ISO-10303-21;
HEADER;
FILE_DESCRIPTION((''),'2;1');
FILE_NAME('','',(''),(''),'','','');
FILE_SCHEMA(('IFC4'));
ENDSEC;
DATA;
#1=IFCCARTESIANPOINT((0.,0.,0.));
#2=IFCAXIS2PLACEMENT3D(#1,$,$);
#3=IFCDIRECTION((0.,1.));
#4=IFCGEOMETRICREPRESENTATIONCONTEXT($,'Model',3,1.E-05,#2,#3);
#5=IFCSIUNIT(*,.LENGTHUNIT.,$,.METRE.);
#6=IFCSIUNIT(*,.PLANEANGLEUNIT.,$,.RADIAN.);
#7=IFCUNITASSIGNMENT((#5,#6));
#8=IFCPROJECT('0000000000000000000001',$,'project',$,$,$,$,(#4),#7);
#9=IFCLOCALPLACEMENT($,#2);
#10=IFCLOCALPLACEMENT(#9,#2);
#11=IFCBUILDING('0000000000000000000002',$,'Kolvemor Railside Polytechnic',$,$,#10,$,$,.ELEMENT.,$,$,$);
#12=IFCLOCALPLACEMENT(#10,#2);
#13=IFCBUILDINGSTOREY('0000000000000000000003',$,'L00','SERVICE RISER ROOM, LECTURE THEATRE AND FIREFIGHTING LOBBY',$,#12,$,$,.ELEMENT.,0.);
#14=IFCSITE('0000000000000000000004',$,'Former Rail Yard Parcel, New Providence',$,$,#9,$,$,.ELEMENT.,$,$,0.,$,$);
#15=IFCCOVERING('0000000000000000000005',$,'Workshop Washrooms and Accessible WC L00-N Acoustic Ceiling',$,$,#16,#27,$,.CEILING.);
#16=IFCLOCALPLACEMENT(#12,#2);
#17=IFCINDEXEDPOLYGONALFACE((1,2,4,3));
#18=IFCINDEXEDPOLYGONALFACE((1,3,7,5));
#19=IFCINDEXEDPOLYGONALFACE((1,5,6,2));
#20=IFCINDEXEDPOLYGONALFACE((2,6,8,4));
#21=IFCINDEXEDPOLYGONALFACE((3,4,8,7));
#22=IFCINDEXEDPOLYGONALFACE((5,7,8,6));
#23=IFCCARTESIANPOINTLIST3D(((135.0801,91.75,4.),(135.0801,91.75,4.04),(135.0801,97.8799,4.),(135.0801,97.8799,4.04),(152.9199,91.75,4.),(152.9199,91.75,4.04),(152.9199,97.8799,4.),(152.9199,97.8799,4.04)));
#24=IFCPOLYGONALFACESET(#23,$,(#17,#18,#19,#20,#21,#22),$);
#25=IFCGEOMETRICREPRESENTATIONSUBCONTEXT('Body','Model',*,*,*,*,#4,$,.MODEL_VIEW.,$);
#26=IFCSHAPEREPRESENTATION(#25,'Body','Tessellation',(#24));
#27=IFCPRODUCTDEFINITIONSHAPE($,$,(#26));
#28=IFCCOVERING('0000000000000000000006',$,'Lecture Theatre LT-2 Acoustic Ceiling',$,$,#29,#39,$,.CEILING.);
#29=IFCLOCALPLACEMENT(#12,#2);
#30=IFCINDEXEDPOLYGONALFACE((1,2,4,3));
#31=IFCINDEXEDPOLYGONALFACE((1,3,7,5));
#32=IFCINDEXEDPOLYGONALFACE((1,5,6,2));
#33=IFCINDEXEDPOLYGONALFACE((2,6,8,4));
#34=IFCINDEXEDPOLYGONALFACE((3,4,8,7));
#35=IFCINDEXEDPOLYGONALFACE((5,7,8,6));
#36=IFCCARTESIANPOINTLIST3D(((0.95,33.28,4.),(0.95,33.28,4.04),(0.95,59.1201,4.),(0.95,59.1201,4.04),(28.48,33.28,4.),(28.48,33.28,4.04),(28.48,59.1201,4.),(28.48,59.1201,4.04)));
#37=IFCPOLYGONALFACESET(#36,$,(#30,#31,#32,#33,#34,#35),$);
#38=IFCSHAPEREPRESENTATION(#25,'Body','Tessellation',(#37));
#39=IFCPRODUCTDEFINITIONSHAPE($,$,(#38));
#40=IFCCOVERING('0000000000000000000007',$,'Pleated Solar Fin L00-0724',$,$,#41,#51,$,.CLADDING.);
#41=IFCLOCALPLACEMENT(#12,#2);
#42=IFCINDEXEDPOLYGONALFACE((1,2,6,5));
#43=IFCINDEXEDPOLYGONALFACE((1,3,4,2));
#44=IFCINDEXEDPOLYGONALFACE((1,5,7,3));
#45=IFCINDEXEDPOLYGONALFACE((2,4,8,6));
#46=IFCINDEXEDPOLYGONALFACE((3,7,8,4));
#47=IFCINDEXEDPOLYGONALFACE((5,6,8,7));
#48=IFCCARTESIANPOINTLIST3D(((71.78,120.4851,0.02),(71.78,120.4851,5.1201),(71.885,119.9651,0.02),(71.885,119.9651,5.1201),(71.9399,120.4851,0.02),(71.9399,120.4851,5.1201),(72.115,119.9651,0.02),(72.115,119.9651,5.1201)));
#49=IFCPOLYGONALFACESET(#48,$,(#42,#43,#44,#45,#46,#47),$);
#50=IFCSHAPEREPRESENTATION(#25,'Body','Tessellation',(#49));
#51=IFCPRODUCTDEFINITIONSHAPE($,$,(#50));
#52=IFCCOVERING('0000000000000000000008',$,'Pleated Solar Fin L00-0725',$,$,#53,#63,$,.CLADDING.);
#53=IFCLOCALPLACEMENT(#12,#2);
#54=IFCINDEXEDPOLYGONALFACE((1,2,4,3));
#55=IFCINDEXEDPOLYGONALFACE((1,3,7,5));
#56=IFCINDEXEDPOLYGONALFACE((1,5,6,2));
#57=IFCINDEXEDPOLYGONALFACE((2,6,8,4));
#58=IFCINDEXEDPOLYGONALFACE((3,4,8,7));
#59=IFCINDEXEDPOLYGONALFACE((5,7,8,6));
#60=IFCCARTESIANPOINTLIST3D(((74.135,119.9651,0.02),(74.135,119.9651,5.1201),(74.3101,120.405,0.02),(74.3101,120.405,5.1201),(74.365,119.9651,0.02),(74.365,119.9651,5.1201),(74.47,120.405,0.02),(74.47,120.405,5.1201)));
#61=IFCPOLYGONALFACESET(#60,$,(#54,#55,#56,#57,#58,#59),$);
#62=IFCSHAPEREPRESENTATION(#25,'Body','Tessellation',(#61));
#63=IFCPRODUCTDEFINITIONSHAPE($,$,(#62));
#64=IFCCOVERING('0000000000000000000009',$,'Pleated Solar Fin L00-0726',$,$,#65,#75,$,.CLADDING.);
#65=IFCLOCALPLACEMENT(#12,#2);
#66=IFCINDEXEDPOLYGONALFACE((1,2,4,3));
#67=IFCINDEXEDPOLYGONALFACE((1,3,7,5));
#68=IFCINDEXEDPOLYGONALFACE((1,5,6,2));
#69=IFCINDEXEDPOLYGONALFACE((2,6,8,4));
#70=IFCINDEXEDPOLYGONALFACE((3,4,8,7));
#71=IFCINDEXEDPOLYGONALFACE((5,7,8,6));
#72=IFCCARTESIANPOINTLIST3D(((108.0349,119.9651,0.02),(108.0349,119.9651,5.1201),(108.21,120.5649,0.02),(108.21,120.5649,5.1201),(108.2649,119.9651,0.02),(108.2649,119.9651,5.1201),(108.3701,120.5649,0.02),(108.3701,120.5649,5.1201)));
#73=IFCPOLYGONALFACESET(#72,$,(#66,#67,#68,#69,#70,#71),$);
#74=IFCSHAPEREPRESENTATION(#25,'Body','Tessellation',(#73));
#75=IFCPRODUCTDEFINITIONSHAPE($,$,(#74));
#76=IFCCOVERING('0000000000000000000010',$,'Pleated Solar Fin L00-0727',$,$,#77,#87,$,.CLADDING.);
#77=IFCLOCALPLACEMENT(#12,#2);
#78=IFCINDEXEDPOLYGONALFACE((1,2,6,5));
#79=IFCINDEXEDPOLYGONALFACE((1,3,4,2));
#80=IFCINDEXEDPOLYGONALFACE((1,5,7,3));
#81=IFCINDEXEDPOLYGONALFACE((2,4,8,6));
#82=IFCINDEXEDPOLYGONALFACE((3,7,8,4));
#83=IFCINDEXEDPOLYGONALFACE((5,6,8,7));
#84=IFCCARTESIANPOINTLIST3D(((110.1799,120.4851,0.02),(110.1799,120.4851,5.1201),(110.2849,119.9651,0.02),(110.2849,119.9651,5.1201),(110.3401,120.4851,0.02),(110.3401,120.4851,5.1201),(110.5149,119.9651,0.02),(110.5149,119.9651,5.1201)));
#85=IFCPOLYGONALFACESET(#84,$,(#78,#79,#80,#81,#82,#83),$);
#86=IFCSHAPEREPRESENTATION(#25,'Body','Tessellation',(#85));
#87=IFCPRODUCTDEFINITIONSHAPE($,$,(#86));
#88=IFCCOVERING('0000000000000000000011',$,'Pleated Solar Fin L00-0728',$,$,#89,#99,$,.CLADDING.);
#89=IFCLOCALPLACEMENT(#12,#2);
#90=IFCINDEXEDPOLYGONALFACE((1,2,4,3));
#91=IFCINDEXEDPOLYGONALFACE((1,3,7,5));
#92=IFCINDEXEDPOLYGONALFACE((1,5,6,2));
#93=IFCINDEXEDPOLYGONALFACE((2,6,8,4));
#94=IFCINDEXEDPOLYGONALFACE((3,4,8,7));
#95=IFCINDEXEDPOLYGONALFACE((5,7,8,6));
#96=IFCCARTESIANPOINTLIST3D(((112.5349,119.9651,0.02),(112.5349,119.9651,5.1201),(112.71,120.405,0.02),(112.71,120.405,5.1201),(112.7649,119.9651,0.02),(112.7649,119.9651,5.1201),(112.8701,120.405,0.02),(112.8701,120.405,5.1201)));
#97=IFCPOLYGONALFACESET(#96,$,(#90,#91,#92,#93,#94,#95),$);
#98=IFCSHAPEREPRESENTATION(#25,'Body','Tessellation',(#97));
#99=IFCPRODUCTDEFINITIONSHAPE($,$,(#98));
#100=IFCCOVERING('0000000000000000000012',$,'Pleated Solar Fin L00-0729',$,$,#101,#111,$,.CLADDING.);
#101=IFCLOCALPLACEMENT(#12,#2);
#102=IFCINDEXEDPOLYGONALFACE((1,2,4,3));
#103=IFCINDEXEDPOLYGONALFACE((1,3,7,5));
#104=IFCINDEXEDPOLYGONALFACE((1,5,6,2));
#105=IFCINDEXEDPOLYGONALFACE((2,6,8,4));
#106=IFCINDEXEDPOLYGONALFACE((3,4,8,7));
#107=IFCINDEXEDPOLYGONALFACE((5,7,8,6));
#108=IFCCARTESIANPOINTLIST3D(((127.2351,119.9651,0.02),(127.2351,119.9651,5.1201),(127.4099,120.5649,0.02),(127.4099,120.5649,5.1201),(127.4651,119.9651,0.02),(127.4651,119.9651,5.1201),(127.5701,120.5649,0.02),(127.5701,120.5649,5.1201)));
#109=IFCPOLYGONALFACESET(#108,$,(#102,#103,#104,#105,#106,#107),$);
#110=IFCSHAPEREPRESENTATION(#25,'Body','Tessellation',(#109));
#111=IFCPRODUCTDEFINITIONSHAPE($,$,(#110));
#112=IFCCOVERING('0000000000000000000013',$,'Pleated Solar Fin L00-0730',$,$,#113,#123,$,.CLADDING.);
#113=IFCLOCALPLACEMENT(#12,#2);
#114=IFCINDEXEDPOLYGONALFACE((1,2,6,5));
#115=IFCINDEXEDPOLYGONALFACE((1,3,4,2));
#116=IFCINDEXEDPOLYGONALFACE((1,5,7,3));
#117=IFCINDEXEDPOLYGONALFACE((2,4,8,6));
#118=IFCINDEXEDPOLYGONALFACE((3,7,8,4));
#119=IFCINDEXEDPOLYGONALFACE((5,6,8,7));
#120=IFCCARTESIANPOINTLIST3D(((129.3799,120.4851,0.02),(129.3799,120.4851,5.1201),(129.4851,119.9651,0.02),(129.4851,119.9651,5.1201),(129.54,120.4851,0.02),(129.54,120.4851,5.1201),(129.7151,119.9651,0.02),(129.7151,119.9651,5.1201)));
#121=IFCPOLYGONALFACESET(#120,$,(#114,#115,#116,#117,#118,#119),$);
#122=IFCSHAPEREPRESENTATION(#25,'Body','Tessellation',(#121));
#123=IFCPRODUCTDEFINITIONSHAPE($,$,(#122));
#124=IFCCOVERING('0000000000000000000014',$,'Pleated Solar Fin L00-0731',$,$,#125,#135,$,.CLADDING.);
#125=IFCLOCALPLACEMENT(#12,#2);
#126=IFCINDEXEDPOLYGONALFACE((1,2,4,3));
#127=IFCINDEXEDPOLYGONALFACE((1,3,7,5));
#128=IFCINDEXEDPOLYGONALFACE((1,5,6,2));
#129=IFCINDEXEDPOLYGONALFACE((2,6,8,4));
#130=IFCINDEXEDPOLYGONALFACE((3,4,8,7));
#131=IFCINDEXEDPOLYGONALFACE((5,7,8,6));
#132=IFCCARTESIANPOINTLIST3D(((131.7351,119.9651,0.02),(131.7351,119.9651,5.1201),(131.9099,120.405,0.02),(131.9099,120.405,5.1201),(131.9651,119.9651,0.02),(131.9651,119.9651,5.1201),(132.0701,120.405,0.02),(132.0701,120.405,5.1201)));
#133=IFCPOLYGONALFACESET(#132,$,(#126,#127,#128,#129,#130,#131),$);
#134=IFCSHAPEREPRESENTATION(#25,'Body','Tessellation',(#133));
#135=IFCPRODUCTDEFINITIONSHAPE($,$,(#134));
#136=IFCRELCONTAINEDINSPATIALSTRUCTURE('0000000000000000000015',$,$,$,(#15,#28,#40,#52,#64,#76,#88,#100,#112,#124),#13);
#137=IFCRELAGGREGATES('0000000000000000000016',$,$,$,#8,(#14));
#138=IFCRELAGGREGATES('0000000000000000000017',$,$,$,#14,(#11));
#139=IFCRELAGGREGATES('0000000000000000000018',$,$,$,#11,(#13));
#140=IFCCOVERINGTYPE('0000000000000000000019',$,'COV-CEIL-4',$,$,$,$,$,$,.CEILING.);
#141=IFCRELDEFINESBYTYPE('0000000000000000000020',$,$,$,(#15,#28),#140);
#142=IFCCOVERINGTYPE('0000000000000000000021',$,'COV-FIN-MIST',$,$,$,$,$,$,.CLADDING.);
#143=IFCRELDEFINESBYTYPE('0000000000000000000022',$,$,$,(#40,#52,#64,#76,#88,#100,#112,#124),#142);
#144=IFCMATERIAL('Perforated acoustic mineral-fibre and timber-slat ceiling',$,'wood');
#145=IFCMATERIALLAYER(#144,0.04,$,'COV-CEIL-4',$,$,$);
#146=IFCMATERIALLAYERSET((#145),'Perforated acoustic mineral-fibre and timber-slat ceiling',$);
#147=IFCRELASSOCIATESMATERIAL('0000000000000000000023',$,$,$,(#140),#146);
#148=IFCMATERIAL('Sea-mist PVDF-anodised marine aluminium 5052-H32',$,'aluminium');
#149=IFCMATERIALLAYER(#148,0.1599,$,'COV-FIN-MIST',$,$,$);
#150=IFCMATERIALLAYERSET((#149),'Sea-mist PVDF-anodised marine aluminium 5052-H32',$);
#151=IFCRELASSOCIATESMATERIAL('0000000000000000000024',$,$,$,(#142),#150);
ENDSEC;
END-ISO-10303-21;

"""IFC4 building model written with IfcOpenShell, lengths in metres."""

from ifc_helpers import new_model, si_unit, direction, frame, origin, place, context, subcontext, project, spatial, polyline, outline, extrude, material, layer, layer_set, type_object, element, save


model = new_model("IFC4")

# Units and contexts
model_context = context("Model", 3, precision=1e-05, world=origin(), true_north=direction((0.0, 1.0)))
body_context = subcontext(model_context, "Body", "Model", "MODEL_VIEW")
ifc_project = project(units=[si_unit("LENGTHUNIT", "METRE"), si_unit("PLANEANGLEUNIT", "RADIAN")], contexts=[model_context])

# Site, building, storey
site_placement = place(None, origin())
site = spatial("IfcSite", under=ifc_project, at=site_placement, Name="Former Rail Yard Parcel, New Providence", CompositionType="ELEMENT", RefElevation=0.0)
building_placement = place(site_placement, origin())
building = spatial("IfcBuilding", under=site, at=building_placement, Name="Kolvemor Railside Polytechnic", CompositionType="ELEMENT")
storey_placement = place(building_placement, origin())
storey = spatial("IfcBuildingStorey", under=building, at=storey_placement, Name="L00", Description="SERVICE RISER ROOM, LECTURE THEATRE AND FIREFIGHTING LOBBY", CompositionType="ELEMENT", Elevation=0.0)

# Coverings
ifc_material_1 = material(Name="Perforated acoustic mineral-fibre and timber-slat ceiling", Category="wood")
ifc_layer_1 = layer(ifc_material_1, 0.04, Name="COV-CEIL-4")
ifc_layer_set_1 = layer_set([ifc_layer_1], Name="Perforated acoustic mineral-fibre and timber-slat ceiling")
covering_type_1 = type_object("IfcCoveringType", Name="COV-CEIL-4", PredefinedType="CEILING", material=ifc_layer_set_1)
covering_1_placement = place(storey_placement, frame((0.0, 0.0, 4.0)))
element("IfcCovering", 1, at=covering_1_placement, inside=storey, type_object=covering_type_1, Name="Workshop Washrooms and Accessible WC L00-N Acoustic Ceiling", PredefinedType="CEILING", context=body_context, shape_type="SweptSolid", body=[
    extrude(outline(polyline([(135.0801, 91.75), (152.9199, 91.75), (152.9199, 97.8799), (135.0801, 97.8799), (135.0801, 91.75)])), origin(), (0.0, 0.0, 1.0), 0.04),
])
covering_2_placement = place(storey_placement, frame((0.0, 0.0, 4.0)))
element("IfcCovering", 2, at=covering_2_placement, inside=storey, type_object=covering_type_1, Name="Lecture Theatre LT-2 Acoustic Ceiling", PredefinedType="CEILING", context=body_context, shape_type="SweptSolid", body=[
    extrude(outline(polyline([(0.95, 33.28), (28.48, 33.28), (28.48, 59.1201), (0.95, 59.1201), (0.95, 33.28)])), origin(), (0.0, 0.0, 1.0), 0.04),
])
ifc_material_2 = material(Name="Sea-mist PVDF-anodised marine aluminium 5052-H32", Category="aluminium")
ifc_layer_2 = layer(ifc_material_2, 0.1599, Name="COV-FIN-MIST")
ifc_layer_set_2 = layer_set([ifc_layer_2], Name="Sea-mist PVDF-anodised marine aluminium 5052-H32")
covering_type_2 = type_object("IfcCoveringType", Name="COV-FIN-MIST", PredefinedType="CLADDING", material=ifc_layer_set_2)
covering_3_placement = place(storey_placement, frame((0.0, 0.0, 0.02)))
element("IfcCovering", 3, at=covering_3_placement, inside=storey, type_object=covering_type_2, Name="Pleated Solar Fin L00-0724", PredefinedType="CLADDING", context=body_context, shape_type="SweptSolid", body=[
    extrude(outline(polyline([(71.885, 119.9651), (72.115, 119.9651), (71.9399, 120.4851), (71.78, 120.4851), (71.885, 119.9651)])), origin(), (0.0, 0.0, 1.0), 5.1001),
])
covering_4_placement = place(storey_placement, frame((0.0, 0.0, 0.02)))
element("IfcCovering", 4, at=covering_4_placement, inside=storey, type_object=covering_type_2, Name="Pleated Solar Fin L00-0725", PredefinedType="CLADDING", context=body_context, shape_type="SweptSolid", body=[
    extrude(outline(polyline([(74.135, 119.9651), (74.365, 119.9651), (74.47, 120.405), (74.3101, 120.405), (74.135, 119.9651)])), origin(), (0.0, 0.0, 1.0), 5.1001),
])
covering_5_placement = place(storey_placement, frame((0.0, 0.0, 0.02)))
element("IfcCovering", 5, at=covering_5_placement, inside=storey, type_object=covering_type_2, Name="Pleated Solar Fin L00-0726", PredefinedType="CLADDING", context=body_context, shape_type="SweptSolid", body=[
    extrude(outline(polyline([(108.0349, 119.9651), (108.2649, 119.9651), (108.3701, 120.5649), (108.21, 120.5649), (108.0349, 119.9651)])), origin(), (0.0, 0.0, 1.0), 5.1001),
])
covering_6_placement = place(storey_placement, frame((0.0, 0.0, 0.02)))
element("IfcCovering", 6, at=covering_6_placement, inside=storey, type_object=covering_type_2, Name="Pleated Solar Fin L00-0727", PredefinedType="CLADDING", context=body_context, shape_type="SweptSolid", body=[
    extrude(outline(polyline([(110.2849, 119.9651), (110.5149, 119.9651), (110.3401, 120.4851), (110.1799, 120.4851), (110.2849, 119.9651)])), origin(), (0.0, 0.0, 1.0), 5.1001),
])
covering_7_placement = place(storey_placement, frame((0.0, 0.0, 0.02)))
element("IfcCovering", 7, at=covering_7_placement, inside=storey, type_object=covering_type_2, Name="Pleated Solar Fin L00-0728", PredefinedType="CLADDING", context=body_context, shape_type="SweptSolid", body=[
    extrude(outline(polyline([(112.5349, 119.9651), (112.7649, 119.9651), (112.8701, 120.405), (112.71, 120.405), (112.5349, 119.9651)])), origin(), (0.0, 0.0, 1.0), 5.1001),
])
covering_8_placement = place(storey_placement, frame((0.0, 0.0, 0.02)))
element("IfcCovering", 8, at=covering_8_placement, inside=storey, type_object=covering_type_2, Name="Pleated Solar Fin L00-0729", PredefinedType="CLADDING", context=body_context, shape_type="SweptSolid", body=[
    extrude(outline(polyline([(127.2351, 119.9651), (127.4651, 119.9651), (127.5701, 120.5649), (127.4099, 120.5649), (127.2351, 119.9651)])), origin(), (0.0, 0.0, 1.0), 5.1001),
])
covering_9_placement = place(storey_placement, frame((0.0, 0.0, 0.02)))
element("IfcCovering", 9, at=covering_9_placement, inside=storey, type_object=covering_type_2, Name="Pleated Solar Fin L00-0730", PredefinedType="CLADDING", context=body_context, shape_type="SweptSolid", body=[
    extrude(outline(polyline([(129.4851, 119.9651), (129.7151, 119.9651), (129.54, 120.4851), (129.3799, 120.4851), (129.4851, 119.9651)])), origin(), (0.0, 0.0, 1.0), 5.1001),
])
covering_10_placement = place(storey_placement, frame((0.0, 0.0, 0.02)))
element("IfcCovering", 10, at=covering_10_placement, inside=storey, type_object=covering_type_2, Name="Pleated Solar Fin L00-0731", PredefinedType="CLADDING", context=body_context, shape_type="SweptSolid", body=[
    extrude(outline(polyline([(131.7351, 119.9651), (131.9651, 119.9651), (132.0701, 120.405), (131.9099, 120.405), (131.7351, 119.9651)])), origin(), (0.0, 0.0, 1.0), 5.1001),
])

save(model, "model.ifc")
